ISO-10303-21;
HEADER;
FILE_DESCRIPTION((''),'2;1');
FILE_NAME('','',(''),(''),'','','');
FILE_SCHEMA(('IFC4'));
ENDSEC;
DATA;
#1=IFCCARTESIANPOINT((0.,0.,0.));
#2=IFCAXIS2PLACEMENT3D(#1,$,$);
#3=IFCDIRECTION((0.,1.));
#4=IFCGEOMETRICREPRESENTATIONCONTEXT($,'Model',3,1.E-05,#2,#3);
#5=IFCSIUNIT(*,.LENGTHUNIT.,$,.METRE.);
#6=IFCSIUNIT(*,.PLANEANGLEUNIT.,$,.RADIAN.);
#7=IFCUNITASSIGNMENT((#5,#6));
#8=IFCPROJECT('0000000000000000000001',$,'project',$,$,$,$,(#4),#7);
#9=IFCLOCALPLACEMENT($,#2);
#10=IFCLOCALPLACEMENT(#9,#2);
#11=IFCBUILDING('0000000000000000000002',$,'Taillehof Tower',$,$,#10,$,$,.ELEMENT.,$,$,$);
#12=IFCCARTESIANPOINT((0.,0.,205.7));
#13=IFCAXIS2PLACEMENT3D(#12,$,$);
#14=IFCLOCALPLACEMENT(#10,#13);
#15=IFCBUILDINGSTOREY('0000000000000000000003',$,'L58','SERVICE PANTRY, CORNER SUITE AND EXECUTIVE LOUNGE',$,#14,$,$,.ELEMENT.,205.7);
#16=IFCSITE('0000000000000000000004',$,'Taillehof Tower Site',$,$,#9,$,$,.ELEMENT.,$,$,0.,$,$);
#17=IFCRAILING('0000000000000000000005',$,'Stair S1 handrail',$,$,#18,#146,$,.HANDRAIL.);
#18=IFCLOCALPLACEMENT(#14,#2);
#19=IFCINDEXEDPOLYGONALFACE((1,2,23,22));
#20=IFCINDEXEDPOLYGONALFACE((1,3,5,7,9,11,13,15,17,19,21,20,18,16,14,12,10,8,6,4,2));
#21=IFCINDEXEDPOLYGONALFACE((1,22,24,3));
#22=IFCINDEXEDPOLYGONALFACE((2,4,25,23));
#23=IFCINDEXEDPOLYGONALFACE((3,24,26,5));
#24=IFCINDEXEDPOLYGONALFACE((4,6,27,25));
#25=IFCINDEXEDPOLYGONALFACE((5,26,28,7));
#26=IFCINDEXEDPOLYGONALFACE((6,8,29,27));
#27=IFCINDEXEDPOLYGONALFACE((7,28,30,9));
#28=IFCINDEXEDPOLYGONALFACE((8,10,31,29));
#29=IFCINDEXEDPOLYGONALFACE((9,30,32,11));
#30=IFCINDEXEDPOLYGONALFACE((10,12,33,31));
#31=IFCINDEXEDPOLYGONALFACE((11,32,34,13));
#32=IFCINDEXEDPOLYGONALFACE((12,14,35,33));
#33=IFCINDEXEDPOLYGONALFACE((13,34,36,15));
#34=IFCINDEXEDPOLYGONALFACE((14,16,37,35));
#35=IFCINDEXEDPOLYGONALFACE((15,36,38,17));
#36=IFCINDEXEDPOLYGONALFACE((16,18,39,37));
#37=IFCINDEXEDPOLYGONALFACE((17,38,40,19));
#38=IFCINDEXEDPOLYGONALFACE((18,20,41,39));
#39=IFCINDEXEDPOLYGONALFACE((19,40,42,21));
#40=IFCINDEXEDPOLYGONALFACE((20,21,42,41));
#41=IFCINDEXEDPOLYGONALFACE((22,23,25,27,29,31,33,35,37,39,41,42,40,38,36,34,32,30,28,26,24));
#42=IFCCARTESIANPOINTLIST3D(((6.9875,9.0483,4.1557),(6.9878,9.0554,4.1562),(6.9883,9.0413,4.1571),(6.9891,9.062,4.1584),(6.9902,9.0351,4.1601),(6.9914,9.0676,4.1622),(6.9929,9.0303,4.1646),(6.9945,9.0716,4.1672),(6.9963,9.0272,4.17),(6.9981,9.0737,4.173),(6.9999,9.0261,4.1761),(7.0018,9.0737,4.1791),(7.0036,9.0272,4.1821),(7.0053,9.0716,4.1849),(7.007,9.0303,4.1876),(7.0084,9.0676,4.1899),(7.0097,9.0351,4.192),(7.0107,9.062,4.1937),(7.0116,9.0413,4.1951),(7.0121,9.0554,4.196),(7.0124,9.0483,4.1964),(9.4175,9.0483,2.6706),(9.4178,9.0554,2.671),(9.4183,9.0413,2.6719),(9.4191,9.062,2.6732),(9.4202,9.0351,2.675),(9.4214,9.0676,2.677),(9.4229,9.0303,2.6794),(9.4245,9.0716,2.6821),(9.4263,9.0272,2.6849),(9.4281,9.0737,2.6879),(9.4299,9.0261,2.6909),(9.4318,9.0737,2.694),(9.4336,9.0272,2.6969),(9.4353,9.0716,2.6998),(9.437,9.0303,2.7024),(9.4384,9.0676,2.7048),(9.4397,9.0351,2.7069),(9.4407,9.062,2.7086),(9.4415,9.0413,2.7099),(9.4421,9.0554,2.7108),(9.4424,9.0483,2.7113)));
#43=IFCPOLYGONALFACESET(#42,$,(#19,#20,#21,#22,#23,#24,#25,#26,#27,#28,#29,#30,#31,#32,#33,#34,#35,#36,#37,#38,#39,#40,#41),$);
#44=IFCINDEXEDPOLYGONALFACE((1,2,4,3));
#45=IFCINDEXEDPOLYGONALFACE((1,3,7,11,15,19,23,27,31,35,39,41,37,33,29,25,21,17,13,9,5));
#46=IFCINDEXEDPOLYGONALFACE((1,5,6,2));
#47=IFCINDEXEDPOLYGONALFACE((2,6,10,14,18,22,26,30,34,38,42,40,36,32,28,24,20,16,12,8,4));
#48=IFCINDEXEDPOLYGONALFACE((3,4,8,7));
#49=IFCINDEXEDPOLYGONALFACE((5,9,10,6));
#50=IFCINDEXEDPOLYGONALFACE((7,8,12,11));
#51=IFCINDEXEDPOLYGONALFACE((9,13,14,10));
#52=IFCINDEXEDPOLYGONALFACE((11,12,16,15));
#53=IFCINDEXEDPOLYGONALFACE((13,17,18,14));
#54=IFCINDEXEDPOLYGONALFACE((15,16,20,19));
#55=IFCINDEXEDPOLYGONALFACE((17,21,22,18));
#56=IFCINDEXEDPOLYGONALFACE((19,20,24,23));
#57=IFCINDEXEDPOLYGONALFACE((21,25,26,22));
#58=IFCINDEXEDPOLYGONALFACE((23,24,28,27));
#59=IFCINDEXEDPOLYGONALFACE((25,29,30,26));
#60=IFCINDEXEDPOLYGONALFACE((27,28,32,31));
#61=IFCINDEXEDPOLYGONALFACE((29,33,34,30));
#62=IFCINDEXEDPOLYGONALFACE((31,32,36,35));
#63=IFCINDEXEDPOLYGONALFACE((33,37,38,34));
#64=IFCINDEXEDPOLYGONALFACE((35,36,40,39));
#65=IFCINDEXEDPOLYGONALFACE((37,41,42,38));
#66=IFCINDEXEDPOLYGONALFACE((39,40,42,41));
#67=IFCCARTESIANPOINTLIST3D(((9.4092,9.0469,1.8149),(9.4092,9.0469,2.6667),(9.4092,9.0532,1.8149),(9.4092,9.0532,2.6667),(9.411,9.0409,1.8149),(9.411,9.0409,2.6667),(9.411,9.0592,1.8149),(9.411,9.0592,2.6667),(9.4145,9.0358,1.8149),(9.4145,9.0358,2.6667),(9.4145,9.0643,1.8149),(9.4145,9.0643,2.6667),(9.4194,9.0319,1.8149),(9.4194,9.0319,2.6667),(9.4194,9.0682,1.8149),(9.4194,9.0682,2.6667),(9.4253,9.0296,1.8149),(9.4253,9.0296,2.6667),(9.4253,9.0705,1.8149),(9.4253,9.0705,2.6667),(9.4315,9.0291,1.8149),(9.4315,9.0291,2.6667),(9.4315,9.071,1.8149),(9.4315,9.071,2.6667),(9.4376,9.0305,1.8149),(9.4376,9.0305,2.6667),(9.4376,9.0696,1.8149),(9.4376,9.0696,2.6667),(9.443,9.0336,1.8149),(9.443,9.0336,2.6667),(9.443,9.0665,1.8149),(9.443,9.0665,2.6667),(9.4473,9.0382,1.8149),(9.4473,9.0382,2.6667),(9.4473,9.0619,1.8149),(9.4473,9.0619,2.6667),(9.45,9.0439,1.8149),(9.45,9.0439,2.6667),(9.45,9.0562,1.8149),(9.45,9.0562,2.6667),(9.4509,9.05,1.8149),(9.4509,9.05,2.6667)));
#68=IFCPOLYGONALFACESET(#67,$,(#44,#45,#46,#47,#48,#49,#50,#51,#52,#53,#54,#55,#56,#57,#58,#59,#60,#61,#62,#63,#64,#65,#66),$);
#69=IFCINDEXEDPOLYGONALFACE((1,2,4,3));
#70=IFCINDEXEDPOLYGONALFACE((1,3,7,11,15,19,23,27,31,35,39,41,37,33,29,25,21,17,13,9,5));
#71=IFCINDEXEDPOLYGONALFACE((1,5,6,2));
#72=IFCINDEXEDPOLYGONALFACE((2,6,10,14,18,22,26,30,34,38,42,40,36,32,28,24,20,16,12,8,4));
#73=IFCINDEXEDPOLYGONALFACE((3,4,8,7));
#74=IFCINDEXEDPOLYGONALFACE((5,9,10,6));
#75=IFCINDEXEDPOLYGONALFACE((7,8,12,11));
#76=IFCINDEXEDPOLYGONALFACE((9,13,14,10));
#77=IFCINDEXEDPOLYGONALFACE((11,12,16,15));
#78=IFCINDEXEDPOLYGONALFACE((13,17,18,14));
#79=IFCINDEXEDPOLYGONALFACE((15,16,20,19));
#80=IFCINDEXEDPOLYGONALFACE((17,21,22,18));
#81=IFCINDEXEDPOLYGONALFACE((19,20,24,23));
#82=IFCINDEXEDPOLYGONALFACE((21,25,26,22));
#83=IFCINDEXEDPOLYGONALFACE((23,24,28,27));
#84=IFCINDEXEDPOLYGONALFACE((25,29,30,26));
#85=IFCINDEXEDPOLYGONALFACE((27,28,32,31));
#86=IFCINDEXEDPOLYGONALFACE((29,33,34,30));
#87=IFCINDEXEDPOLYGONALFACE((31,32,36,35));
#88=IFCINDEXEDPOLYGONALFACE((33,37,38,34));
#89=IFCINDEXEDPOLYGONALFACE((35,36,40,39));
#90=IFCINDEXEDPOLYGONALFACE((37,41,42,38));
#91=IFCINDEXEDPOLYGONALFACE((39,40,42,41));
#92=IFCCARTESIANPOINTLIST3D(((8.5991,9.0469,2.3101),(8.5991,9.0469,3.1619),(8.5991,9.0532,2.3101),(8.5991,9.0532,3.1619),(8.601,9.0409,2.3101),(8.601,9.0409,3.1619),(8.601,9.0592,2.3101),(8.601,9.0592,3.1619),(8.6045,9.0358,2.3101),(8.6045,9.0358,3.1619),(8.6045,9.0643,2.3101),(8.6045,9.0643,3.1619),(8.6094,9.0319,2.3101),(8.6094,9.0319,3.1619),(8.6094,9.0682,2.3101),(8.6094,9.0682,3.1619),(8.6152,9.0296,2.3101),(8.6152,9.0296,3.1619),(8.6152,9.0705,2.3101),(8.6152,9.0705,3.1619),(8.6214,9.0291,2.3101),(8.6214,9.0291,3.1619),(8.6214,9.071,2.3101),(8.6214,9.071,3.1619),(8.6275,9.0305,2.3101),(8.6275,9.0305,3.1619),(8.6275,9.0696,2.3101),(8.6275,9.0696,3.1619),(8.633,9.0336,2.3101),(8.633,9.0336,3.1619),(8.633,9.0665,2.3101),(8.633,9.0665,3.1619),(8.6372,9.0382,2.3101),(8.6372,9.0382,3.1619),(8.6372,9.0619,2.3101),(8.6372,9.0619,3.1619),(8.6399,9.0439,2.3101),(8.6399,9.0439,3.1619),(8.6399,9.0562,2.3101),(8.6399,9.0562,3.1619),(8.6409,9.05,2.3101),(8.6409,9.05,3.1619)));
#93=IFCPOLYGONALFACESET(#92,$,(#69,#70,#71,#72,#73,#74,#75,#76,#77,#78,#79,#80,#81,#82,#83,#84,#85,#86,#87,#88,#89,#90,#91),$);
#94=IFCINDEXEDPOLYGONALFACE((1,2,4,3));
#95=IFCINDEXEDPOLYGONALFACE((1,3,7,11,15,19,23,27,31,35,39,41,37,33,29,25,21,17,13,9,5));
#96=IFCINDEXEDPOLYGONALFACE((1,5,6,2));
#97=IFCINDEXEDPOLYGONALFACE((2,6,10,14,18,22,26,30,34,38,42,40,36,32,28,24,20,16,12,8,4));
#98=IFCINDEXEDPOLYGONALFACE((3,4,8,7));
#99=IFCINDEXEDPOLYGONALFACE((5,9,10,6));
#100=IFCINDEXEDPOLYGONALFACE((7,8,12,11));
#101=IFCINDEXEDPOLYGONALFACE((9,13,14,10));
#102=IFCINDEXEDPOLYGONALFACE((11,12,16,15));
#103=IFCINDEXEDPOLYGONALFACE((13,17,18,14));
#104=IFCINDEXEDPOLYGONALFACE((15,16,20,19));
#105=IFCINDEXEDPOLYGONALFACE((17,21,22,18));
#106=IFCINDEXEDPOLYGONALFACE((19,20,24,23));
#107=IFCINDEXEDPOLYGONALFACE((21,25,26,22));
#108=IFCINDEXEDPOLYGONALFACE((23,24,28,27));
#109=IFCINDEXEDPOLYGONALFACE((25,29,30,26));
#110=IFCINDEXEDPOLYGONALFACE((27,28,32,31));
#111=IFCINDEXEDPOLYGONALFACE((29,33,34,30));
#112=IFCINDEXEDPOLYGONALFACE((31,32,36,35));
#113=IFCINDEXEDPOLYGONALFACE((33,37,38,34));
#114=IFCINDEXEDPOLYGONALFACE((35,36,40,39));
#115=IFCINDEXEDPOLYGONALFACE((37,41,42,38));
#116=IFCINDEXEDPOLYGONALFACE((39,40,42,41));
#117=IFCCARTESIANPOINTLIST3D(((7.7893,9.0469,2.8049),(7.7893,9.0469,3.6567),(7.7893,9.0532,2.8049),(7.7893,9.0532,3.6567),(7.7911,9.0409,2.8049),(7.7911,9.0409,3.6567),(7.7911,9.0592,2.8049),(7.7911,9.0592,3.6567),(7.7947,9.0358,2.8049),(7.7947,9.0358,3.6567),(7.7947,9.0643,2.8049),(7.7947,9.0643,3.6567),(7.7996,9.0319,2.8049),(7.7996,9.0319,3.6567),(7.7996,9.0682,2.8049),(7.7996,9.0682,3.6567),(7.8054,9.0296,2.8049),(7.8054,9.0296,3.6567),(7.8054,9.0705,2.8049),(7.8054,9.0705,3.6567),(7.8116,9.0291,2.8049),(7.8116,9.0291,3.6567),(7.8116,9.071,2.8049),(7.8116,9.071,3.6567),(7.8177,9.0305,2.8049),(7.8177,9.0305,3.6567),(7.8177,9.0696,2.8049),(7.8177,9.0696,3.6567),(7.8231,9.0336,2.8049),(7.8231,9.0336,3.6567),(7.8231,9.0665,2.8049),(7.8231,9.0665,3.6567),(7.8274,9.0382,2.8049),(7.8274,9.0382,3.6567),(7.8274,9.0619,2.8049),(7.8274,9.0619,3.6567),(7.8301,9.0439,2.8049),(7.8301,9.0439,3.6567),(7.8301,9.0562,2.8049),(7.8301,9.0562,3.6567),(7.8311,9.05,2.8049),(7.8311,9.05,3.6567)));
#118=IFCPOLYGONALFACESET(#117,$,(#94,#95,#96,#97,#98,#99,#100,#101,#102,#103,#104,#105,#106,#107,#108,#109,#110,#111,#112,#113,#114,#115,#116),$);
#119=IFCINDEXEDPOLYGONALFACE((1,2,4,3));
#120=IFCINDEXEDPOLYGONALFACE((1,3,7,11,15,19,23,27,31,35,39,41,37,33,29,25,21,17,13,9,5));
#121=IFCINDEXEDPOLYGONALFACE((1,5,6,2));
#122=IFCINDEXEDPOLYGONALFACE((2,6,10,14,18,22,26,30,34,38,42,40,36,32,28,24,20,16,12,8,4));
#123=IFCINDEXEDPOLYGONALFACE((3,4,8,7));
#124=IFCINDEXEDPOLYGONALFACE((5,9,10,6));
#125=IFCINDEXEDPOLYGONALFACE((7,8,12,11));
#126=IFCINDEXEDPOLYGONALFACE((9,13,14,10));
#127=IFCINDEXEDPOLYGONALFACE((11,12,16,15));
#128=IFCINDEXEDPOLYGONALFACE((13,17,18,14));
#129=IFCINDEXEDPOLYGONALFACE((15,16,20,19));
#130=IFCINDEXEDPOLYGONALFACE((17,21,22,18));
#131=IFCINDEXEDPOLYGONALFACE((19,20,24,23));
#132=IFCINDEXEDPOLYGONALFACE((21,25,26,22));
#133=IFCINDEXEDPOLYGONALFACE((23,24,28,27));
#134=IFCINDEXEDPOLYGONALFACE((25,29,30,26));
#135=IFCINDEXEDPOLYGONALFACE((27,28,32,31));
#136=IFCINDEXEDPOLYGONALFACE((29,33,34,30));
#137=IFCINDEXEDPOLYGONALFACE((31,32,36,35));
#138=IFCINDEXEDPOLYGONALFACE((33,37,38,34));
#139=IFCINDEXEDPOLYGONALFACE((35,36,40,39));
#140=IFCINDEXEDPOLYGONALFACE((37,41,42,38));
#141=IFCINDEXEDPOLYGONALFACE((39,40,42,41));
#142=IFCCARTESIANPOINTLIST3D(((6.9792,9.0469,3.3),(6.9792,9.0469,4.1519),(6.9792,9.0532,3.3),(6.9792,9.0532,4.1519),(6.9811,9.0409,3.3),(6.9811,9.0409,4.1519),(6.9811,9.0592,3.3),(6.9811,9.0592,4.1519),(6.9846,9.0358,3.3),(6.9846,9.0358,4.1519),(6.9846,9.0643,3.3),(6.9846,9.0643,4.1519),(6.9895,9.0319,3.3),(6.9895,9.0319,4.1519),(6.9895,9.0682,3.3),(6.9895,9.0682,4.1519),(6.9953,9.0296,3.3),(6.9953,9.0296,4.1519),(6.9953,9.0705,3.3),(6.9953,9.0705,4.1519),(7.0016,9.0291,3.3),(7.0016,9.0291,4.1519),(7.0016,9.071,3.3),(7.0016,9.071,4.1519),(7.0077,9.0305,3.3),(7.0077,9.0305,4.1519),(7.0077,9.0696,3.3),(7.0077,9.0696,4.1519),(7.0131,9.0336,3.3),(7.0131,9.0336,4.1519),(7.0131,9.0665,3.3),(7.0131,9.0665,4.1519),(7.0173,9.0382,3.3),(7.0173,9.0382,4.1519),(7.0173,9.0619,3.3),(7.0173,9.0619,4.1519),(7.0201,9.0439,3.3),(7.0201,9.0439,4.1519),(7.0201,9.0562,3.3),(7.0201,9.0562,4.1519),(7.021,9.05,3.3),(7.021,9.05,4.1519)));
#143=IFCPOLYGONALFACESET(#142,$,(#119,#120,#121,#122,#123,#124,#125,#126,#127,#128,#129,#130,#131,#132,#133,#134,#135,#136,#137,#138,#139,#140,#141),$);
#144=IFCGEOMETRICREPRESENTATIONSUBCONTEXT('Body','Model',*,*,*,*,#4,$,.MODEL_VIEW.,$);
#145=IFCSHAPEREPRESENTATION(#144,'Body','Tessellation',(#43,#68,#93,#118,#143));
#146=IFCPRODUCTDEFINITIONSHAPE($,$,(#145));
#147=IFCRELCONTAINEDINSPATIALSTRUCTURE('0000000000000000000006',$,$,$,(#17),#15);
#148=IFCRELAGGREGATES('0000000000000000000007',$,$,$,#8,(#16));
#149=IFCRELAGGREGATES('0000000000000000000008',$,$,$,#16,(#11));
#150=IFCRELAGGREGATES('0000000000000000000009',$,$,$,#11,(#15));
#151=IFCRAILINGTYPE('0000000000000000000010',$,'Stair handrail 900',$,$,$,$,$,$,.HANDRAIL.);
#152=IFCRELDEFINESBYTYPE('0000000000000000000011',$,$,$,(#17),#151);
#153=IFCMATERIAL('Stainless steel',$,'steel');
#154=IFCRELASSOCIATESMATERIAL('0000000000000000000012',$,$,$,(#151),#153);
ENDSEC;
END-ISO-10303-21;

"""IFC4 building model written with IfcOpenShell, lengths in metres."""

from ifc_helpers import new_model, si_unit, direction, frame, origin, origin_2d, place, context, subcontext, project, spatial, circle, extrude, material, type_object, element, save


model = new_model("IFC4")

# Units and contexts
model_context = context("Model", 3, precision=1e-05, world=origin(), true_north=direction((0.0, 1.0)))
body_context = subcontext(model_context, "Body", "Model", "MODEL_VIEW")
ifc_project = project(units=[si_unit("LENGTHUNIT", "METRE"), si_unit("PLANEANGLEUNIT", "RADIAN")], contexts=[model_context])

# Site, building, storey
site_placement = place(None, origin())
site = spatial("IfcSite", under=ifc_project, at=site_placement, Name="Taillehof Tower Site", CompositionType="ELEMENT", RefElevation=0.0)
building_placement = place(site_placement, origin())
building = spatial("IfcBuilding", under=site, at=building_placement, Name="Taillehof Tower", CompositionType="ELEMENT")
storey_placement = place(building_placement, frame((0.0, 0.0, 205.7)))
storey = spatial("IfcBuildingStorey", under=building, at=storey_placement, Name="L58", Description="SERVICE PANTRY, CORNER SUITE AND EXECUTIVE LOUNGE", CompositionType="ELEMENT", Elevation=205.7)

# Railing
ifc_material_1 = material(Name="Stainless steel", Category="steel")
railing_type = type_object("IfcRailingType", Name="Stair handrail 900", PredefinedType="HANDRAIL", material=ifc_material_1)
railing_placement = place(storey_placement, frame((9.4299, 9.05, 1.8149)))
element("IfcRailing", 1, at=railing_placement, inside=storey, type_object=railing_type, Name="Stair S1 handrail", PredefinedType="HANDRAIL", context=body_context, shape_type="SweptSolid", body=[
    extrude(circle(Radius=0.0239, at=origin_2d()), frame((0.0, 0.0, 0.876), z_axis=(-0.853259, 0.0, 0.521488), x_axis=(0.0, -1.0, 0.0)), (0.0, 0.0, 1.0), 2.8479),
    extrude(circle(Radius=0.021, at=origin_2d()), origin(), (0.0, 0.0, 1.0), 0.8518),
    extrude(circle(Radius=0.021, at=origin_2d()), frame((-0.8101, 0.0, 0.4951)), (0.0, 0.0, 1.0), 0.8518),
    extrude(circle(Radius=0.021, at=origin_2d()), frame((-1.6199, 0.0, 0.99)), (0.0, 0.0, 1.0), 0.8518),
    extrude(circle(Radius=0.021, at=origin_2d()), frame((-2.4299, 0.0, 1.4851)), (0.0, 0.0, 1.0), 0.8518),
])

save(model, "model.ifc")
